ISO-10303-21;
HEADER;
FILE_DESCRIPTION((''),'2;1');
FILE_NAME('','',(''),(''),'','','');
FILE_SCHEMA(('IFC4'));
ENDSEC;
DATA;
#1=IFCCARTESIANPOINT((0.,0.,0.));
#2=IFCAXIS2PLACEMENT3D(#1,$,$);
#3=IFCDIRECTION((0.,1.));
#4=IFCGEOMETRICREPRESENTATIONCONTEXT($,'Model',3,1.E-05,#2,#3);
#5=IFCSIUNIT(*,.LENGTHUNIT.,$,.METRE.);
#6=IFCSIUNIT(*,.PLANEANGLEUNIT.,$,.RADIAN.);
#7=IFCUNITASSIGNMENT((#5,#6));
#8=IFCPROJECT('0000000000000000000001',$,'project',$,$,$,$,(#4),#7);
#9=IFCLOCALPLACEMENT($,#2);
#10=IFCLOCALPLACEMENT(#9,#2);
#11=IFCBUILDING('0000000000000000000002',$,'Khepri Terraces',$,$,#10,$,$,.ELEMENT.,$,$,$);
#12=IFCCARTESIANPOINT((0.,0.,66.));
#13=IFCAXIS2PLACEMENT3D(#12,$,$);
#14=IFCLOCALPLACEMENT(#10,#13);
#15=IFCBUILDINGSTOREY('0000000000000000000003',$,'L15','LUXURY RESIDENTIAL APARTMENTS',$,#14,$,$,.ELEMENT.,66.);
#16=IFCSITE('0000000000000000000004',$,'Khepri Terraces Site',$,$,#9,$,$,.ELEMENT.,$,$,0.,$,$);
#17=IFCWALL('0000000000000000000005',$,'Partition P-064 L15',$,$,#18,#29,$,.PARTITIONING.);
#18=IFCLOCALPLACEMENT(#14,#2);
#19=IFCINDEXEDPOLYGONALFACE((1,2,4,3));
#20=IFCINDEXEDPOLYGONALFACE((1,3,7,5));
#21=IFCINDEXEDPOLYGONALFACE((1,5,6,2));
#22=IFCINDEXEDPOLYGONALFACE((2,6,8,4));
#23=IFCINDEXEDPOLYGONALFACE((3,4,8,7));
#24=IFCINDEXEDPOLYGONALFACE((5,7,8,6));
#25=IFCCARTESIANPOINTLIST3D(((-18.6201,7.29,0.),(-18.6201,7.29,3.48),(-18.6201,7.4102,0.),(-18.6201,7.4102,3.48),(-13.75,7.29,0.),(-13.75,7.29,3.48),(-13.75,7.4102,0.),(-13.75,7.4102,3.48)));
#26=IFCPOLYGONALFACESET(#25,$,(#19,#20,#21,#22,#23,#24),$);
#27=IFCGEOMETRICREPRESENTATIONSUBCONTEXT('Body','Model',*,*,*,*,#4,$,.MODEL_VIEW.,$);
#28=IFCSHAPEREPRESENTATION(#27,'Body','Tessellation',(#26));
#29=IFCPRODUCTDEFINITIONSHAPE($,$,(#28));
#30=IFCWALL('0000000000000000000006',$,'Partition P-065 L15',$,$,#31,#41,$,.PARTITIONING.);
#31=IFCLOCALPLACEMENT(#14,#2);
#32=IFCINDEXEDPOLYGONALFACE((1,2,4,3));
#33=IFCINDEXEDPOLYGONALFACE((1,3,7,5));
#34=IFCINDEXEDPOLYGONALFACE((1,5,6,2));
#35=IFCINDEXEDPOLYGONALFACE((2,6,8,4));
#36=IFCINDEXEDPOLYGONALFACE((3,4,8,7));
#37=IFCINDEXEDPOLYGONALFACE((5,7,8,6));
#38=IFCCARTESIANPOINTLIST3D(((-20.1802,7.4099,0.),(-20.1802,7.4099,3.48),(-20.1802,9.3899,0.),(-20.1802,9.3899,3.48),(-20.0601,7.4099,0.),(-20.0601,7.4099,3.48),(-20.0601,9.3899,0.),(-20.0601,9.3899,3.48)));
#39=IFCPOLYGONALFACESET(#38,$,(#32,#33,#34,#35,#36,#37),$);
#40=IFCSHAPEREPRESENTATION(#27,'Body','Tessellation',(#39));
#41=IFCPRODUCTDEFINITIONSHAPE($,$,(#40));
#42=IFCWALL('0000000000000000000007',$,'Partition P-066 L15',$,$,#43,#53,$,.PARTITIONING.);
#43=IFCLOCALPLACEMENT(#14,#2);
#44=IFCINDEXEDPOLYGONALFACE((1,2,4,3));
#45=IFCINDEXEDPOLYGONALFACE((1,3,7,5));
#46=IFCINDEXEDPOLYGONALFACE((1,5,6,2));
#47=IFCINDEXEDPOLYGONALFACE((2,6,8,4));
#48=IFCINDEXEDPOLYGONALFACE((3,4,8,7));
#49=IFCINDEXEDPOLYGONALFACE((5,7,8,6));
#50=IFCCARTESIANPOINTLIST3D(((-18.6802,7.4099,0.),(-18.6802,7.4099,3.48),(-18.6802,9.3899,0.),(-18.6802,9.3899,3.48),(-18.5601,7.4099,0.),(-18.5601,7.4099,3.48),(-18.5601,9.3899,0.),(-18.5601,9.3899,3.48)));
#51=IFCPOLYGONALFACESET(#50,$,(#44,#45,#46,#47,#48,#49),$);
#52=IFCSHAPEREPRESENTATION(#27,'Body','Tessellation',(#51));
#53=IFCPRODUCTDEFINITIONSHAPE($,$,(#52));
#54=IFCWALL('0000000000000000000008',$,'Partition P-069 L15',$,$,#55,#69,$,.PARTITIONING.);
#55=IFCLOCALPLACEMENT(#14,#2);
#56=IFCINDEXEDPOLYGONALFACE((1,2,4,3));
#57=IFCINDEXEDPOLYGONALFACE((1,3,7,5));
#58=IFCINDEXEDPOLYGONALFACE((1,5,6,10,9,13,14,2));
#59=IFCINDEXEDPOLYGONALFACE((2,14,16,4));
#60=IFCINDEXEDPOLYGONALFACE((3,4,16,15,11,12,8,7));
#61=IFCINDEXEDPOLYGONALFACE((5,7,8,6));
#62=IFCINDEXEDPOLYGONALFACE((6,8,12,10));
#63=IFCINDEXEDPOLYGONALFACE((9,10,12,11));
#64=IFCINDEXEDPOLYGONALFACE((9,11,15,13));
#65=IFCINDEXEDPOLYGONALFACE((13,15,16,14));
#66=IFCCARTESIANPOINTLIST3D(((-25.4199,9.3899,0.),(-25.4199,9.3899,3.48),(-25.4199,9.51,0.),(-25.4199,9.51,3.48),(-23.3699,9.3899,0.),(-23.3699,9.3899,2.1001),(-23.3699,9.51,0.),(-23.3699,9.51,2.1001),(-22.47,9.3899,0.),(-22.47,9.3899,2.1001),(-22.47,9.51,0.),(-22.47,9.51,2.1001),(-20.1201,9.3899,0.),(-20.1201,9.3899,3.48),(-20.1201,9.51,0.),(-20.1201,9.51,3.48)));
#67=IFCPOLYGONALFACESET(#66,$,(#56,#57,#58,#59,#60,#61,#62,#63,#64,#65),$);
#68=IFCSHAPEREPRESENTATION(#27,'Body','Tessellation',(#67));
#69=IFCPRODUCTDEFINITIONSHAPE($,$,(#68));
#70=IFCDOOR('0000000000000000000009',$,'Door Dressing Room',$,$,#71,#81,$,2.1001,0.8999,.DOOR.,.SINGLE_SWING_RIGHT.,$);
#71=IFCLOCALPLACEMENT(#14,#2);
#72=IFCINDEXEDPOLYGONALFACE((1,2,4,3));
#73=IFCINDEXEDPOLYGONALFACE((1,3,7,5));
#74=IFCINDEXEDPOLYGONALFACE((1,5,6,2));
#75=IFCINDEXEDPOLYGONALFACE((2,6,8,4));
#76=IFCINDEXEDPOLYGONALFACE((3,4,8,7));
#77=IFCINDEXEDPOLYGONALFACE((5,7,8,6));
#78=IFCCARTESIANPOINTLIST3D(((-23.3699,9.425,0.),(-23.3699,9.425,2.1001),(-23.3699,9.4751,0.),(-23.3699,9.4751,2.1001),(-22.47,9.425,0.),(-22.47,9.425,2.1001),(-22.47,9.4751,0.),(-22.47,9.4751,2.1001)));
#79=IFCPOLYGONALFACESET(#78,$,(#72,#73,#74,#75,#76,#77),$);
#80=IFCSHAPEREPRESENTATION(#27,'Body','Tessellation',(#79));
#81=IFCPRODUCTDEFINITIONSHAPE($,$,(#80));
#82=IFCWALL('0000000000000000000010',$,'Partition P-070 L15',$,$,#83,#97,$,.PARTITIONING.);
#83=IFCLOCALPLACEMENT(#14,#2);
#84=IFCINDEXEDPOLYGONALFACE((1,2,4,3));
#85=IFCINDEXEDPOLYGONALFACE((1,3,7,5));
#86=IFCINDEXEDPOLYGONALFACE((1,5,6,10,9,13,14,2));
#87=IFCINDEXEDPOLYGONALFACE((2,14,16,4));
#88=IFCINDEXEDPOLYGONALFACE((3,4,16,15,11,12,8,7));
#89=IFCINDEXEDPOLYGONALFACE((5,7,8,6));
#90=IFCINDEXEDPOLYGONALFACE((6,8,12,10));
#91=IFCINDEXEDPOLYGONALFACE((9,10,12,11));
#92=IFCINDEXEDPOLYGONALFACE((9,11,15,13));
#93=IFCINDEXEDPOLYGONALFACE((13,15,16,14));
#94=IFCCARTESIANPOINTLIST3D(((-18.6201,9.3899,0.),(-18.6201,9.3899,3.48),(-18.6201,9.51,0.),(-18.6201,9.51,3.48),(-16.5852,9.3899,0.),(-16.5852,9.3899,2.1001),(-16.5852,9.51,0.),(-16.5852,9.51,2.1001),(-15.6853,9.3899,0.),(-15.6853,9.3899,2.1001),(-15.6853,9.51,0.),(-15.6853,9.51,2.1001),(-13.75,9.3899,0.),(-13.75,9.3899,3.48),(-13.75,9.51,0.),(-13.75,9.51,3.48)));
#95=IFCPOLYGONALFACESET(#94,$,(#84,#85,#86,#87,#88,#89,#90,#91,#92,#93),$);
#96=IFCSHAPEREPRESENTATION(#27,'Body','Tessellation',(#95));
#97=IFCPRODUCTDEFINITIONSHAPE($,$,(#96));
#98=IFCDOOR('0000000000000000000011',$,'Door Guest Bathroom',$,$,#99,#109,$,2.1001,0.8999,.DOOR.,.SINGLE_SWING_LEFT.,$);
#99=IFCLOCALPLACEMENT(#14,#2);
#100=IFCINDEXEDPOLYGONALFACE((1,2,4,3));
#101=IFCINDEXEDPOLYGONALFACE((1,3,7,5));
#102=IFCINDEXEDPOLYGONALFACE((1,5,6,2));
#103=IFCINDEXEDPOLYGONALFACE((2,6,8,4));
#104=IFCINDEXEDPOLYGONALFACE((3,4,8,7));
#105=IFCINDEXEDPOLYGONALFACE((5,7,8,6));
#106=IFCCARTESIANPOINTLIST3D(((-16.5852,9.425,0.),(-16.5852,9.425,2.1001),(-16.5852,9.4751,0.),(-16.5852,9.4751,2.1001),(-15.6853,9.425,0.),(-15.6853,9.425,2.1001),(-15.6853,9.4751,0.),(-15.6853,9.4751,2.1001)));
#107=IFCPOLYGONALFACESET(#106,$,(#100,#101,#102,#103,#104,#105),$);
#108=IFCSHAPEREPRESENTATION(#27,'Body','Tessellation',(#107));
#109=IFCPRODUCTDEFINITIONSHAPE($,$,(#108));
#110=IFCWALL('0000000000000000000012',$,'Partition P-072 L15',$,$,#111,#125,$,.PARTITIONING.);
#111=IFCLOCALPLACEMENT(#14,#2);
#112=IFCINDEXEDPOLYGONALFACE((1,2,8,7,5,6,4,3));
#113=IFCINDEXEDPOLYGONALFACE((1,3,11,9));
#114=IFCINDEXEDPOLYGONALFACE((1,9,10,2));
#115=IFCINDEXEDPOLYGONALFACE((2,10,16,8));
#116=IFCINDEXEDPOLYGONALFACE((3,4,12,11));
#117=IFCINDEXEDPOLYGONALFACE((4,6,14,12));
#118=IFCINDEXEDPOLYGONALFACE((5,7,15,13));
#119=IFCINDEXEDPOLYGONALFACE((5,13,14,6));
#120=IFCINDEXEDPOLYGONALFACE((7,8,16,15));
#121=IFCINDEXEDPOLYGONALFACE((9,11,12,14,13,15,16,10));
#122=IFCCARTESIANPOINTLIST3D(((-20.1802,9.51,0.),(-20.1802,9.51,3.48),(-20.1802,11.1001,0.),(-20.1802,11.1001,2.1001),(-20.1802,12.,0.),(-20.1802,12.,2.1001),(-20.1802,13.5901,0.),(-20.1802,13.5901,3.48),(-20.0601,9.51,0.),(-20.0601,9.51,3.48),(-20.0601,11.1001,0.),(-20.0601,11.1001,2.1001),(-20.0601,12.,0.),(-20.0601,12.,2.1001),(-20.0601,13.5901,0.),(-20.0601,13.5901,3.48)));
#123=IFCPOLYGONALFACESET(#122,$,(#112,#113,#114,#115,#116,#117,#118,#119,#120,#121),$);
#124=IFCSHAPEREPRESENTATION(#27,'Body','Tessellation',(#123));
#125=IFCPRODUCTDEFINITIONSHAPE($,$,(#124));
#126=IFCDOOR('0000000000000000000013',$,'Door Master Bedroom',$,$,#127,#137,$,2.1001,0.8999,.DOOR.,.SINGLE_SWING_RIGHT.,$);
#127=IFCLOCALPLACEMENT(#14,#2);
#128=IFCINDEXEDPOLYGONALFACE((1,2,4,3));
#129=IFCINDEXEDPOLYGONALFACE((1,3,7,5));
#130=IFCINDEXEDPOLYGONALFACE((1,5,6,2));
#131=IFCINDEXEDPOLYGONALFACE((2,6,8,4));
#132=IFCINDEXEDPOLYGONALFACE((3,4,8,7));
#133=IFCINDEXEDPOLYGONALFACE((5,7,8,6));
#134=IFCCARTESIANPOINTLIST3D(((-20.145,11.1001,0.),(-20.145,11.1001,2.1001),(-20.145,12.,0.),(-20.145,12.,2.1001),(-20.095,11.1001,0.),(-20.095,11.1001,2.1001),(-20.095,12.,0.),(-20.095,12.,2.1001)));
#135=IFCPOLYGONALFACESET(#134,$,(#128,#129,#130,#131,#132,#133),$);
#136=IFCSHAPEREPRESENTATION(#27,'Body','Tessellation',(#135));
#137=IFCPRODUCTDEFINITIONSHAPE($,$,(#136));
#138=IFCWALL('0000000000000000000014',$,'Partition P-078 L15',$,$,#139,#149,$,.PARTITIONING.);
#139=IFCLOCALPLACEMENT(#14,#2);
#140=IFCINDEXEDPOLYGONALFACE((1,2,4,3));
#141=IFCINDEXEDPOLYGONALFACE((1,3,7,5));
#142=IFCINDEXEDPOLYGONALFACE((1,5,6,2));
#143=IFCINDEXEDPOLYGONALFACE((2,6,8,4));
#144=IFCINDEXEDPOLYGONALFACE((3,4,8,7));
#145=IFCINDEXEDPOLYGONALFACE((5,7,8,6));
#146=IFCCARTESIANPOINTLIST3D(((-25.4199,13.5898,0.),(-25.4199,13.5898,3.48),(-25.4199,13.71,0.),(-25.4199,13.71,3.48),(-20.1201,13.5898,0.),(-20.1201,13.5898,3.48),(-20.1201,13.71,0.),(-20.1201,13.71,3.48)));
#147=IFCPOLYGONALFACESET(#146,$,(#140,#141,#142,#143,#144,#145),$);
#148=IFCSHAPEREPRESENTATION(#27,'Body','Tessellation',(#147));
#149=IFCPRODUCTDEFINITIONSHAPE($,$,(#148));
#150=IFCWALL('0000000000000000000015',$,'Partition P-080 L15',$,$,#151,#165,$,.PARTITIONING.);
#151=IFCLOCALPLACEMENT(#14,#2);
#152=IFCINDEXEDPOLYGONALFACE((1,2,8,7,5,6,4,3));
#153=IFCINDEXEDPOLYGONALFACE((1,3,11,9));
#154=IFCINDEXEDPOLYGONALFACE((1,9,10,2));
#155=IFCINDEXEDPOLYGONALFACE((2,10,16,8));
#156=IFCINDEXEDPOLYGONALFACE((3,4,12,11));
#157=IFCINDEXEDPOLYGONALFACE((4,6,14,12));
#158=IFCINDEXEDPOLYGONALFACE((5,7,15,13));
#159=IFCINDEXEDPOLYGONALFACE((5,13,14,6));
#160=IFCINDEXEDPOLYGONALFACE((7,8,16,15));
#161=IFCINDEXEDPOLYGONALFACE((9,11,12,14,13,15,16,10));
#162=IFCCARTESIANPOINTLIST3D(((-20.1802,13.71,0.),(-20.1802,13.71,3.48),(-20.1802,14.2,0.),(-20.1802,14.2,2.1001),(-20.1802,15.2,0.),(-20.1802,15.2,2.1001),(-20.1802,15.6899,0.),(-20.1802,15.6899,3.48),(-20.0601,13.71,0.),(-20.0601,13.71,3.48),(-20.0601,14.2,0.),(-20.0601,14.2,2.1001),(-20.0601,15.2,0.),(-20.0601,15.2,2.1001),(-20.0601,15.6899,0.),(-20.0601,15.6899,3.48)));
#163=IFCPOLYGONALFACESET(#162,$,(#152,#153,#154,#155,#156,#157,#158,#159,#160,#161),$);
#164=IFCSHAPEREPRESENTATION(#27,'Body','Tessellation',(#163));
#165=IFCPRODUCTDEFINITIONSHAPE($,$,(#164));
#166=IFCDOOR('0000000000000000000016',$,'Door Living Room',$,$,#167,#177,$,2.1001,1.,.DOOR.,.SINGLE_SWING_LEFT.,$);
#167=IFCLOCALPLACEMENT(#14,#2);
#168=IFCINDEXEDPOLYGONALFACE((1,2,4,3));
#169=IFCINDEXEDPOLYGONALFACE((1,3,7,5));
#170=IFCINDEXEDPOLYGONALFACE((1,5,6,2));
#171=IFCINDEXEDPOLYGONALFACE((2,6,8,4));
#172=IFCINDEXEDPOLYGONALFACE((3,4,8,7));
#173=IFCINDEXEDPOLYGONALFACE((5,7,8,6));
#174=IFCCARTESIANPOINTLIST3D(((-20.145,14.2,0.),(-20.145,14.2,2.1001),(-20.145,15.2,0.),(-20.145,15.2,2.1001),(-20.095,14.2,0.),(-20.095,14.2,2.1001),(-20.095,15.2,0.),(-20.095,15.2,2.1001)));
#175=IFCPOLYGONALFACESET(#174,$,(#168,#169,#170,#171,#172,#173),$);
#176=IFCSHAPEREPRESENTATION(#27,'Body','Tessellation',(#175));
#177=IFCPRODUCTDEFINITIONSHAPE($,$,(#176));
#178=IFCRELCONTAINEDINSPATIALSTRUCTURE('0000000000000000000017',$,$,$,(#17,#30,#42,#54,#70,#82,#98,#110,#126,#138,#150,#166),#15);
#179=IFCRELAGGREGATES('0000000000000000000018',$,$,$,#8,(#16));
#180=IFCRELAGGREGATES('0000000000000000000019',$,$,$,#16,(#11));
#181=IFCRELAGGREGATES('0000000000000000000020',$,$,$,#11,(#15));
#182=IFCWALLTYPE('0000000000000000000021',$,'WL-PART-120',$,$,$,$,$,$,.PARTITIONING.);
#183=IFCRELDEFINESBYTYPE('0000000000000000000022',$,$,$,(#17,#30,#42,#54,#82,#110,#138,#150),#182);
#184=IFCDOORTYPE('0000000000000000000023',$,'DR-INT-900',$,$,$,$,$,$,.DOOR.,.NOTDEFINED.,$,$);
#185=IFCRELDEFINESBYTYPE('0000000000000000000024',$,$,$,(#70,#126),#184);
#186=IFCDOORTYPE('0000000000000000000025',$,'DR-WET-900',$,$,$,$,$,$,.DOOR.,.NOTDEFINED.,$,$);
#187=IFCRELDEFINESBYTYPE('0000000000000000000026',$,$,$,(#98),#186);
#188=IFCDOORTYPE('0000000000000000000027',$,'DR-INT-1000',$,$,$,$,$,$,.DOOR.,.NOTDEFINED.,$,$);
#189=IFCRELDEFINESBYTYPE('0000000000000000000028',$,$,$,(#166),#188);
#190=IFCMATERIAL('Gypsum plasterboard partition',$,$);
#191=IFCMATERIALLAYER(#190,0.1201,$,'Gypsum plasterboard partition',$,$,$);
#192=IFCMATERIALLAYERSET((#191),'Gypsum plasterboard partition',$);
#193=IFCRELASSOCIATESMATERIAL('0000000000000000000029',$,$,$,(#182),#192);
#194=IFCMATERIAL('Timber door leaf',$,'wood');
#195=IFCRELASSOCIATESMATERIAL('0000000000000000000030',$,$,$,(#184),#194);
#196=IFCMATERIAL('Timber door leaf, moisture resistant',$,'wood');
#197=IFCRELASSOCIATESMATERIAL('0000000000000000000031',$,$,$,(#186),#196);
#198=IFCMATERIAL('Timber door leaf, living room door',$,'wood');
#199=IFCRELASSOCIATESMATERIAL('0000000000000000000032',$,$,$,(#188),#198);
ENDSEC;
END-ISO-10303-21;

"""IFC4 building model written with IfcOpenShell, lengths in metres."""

from ifc_helpers import new_model, si_unit, direction, frame, frame_2d, origin, place, context, subcontext, project, spatial, rectangle, extrude, material, layer, layer_set, type_object, element, fill, save


model = new_model("IFC4")

# Units and contexts
model_context = context("Model", 3, precision=1e-05, world=origin(), true_north=direction((0.0, 1.0)))
body_context = subcontext(model_context, "Body", "Model", "MODEL_VIEW")
ifc_project = project(units=[si_unit("LENGTHUNIT", "METRE"), si_unit("PLANEANGLEUNIT", "RADIAN")], contexts=[model_context])

# Site, building, storey
site_placement = place(None, origin())
site = spatial("IfcSite", under=ifc_project, at=site_placement, Name="Khepri Terraces Site", CompositionType="ELEMENT", RefElevation=0.0)
building_placement = place(site_placement, origin())
building = spatial("IfcBuilding", under=site, at=building_placement, Name="Khepri Terraces", CompositionType="ELEMENT")
storey_placement = place(building_placement, frame((0.0, 0.0, 66.0)))
storey = spatial("IfcBuildingStorey", under=building, at=storey_placement, Name="L15", Description="LUXURY RESIDENTIAL APARTMENTS", CompositionType="ELEMENT", Elevation=66.0)

# Shared definitions
ifc_material_1 = material(Name="Gypsum plasterboard partition")
ifc_layer_1 = layer(ifc_material_1, 0.1201, Name="Gypsum plasterboard partition")
ifc_layer_set_1 = layer_set([ifc_layer_1], Name="Gypsum plasterboard partition")
wall_type_1 = type_object("IfcWallType", Name="WL-PART-120", PredefinedType="PARTITIONING", material=ifc_layer_set_1)

# Shared definitions
ifc_material_2 = material(Name="Timber door leaf", Category="wood")
door_type_1 = type_object("IfcDoorType", Name="DR-INT-900", OperationType="NOTDEFINED", PredefinedType="DOOR", material=ifc_material_2)
ifc_material_3 = material(Name="Timber door leaf, moisture resistant", Category="wood")
door_type_2 = type_object("IfcDoorType", Name="DR-WET-900", OperationType="NOTDEFINED", PredefinedType="DOOR", material=ifc_material_3)

# Walls
wall_1_placement = place(storey_placement, frame((-18.6201, 7.3501, 0.0), z_axis=(0.0, 0.0, 1.0), x_axis=(1.0, 0.0, 0.0)))
element("IfcWall", 1, at=wall_1_placement, inside=storey, type_object=wall_type_1, Name="Partition P-064 L15", PredefinedType="PARTITIONING", context=body_context, shape_type="SweptSolid", body=[
    extrude(rectangle(XDim=4.8701, YDim=0.1201, at=frame_2d((2.4351, 0.0))), origin(), (0.0, 0.0, 1.0), 3.48),
])
for number, where, z_axis, x_axis, name in (
    (2, (-20.1201, 7.4099, 0.0), (0.0, 0.0, 1.0), (0.0, 1.0, 0.0), "Partition P-065 L15"),
    (3, (-18.6201, 7.4099, 0.0), (0.0, 0.0, 1.0), (0.0, 1.0, 0.0), "Partition P-066 L15"),
):
    element("IfcWall", number, at=place(storey_placement, frame(where, z_axis=z_axis, x_axis=x_axis)), inside=storey, type_object=wall_type_1, Name=name, PredefinedType="PARTITIONING", context=body_context, shape_type="SweptSolid", body=[
        extrude(rectangle(XDim=1.98, YDim=0.1201, at=frame_2d((0.99, 0.0))), origin(), (0.0, 0.0, 1.0), 3.48),
    ])

# Walls, openings, doors
wall_2_placement = place(storey_placement, frame((-25.4199, 9.45, 0.0), z_axis=(0.0, 0.0, 1.0), x_axis=(1.0, 0.0, 0.0)))
wall_2 = element("IfcWall", 4, at=wall_2_placement, inside=storey, type_object=wall_type_1, Name="Partition P-069 L15", PredefinedType="PARTITIONING", context=body_context, shape_type="SweptSolid", body=[
    extrude(rectangle(XDim=5.2998, YDim=0.1201, at=frame_2d((2.6499, 0.0))), origin(), (0.0, 0.0, 1.0), 3.48),
])
opening_1_placement = place(wall_2_placement, frame((2.05, 0.0, 0.0)))
opening_1 = element("IfcOpeningElement", 5, at=opening_1_placement, cuts=wall_2, PredefinedType="OPENING", context=body_context, shape_type="SweptSolid", body=[
    extrude(rectangle(XDim=0.8999, YDim=2.1001, at=frame_2d((0.45, 1.05))), frame((0.0, 0.0701, 0.0), z_axis=(0.0, -1.0, 0.0), x_axis=(1.0, 0.0, 0.0)), (0.0, 0.0, 1.0), 0.1401),
])
door_1_placement = place(opening_1_placement, frame((0.8999, 0.0, 0.0), z_axis=(0.0, 0.0, 1.0), x_axis=(-1.0, 0.0, 0.0)))
door_1 = element("IfcDoor", 6, at=door_1_placement, inside=storey, type_object=door_type_1, Name="Door Dressing Room", OperationType="SINGLE_SWING_RIGHT", OverallHeight=2.1001, OverallWidth=0.8999, PredefinedType="DOOR", context=body_context, shape_type="SweptSolid", body=[
    extrude(rectangle(XDim=0.8999, YDim=2.1001, at=frame_2d((0.45, 1.05))), frame((0.0, 0.0249, 0.0), z_axis=(0.0, -1.0, 0.0), x_axis=(1.0, 0.0, 0.0)), (0.0, 0.0, 1.0), 0.05),
])
fill(opening_1, door_1)
wall_3_placement = place(storey_placement, frame((-18.6201, 9.45, 0.0), z_axis=(0.0, 0.0, 1.0), x_axis=(1.0, 0.0, 0.0)))
wall_3 = element("IfcWall", 7, at=wall_3_placement, inside=storey, type_object=wall_type_1, Name="Partition P-070 L15", PredefinedType="PARTITIONING", context=body_context, shape_type="SweptSolid", body=[
    extrude(rectangle(XDim=4.8701, YDim=0.1201, at=frame_2d((2.4351, 0.0))), origin(), (0.0, 0.0, 1.0), 3.48),
])
opening_2_placement = place(wall_3_placement, frame((2.0349, 0.0, 0.0)))
opening_2 = element("IfcOpeningElement", 8, at=opening_2_placement, cuts=wall_3, PredefinedType="OPENING", context=body_context, shape_type="SweptSolid", body=[
    extrude(rectangle(XDim=0.8999, YDim=2.1001, at=frame_2d((0.45, 1.05))), frame((0.0, 0.0701, 0.0), z_axis=(0.0, -1.0, 0.0), x_axis=(1.0, 0.0, 0.0)), (0.0, 0.0, 1.0), 0.1401),
])
door_2_placement = place(opening_2_placement, frame((0.8999, 0.0, 0.0), z_axis=(0.0, 0.0, 1.0), x_axis=(-1.0, 0.0, 0.0)))
door_2 = element("IfcDoor", 9, at=door_2_placement, inside=storey, type_object=door_type_2, Name="Door Guest Bathroom", OperationType="SINGLE_SWING_LEFT", OverallHeight=2.1001, OverallWidth=0.8999, PredefinedType="DOOR", context=body_context, shape_type="SweptSolid", body=[
    extrude(rectangle(XDim=0.8999, YDim=2.1001, at=frame_2d((0.45, 1.05))), frame((0.0, 0.0249, 0.0), z_axis=(0.0, -1.0, 0.0), x_axis=(1.0, 0.0, 0.0)), (0.0, 0.0, 1.0), 0.05),
])
fill(opening_2, door_2)
wall_4_placement = place(storey_placement, frame((-20.1201, 9.51, 0.0), z_axis=(0.0, 0.0, 1.0), x_axis=(0.0, 1.0, 0.0)))
wall_4 = element("IfcWall", 10, at=wall_4_placement, inside=storey, type_object=wall_type_1, Name="Partition P-072 L15", PredefinedType="PARTITIONING", context=body_context, shape_type="SweptSolid", body=[
    extrude(rectangle(XDim=4.0801, YDim=0.1201, at=frame_2d((2.04, 0.0))), origin(), (0.0, 0.0, 1.0), 3.48),
])
opening_3_placement = place(wall_4_placement, frame((1.5901, 0.0, 0.0)))
opening_3 = element("IfcOpeningElement", 11, at=opening_3_placement, cuts=wall_4, PredefinedType="OPENING", context=body_context, shape_type="SweptSolid", body=[
    extrude(rectangle(XDim=0.8999, YDim=2.1001, at=frame_2d((0.45, 1.05))), frame((0.0, 0.0701, 0.0), z_axis=(0.0, -1.0, 0.0), x_axis=(1.0, 0.0, 0.0)), (0.0, 0.0, 1.0), 0.1401),
])
door_3_placement = place(opening_3_placement, origin())
door_3 = element("IfcDoor", 12, at=door_3_placement, inside=storey, type_object=door_type_1, Name="Door Master Bedroom", OperationType="SINGLE_SWING_RIGHT", OverallHeight=2.1001, OverallWidth=0.8999, PredefinedType="DOOR", context=body_context, shape_type="SweptSolid", body=[
    extrude(rectangle(XDim=0.8999, YDim=2.1001, at=frame_2d((0.45, 1.05))), frame((0.0, 0.0249, 0.0), z_axis=(0.0, -1.0, 0.0), x_axis=(1.0, 0.0, 0.0)), (0.0, 0.0, 1.0), 0.05),
])
fill(opening_3, door_3)

# Wall
wall_5_placement = place(storey_placement, frame((-25.4199, 13.6499, 0.0), z_axis=(0.0, 0.0, 1.0), x_axis=(1.0, 0.0, 0.0)))
element("IfcWall", 13, at=wall_5_placement, inside=storey, type_object=wall_type_1, Name="Partition P-078 L15", PredefinedType="PARTITIONING", context=body_context, shape_type="SweptSolid", body=[
    extrude(rectangle(XDim=5.2998, YDim=0.1201, at=frame_2d((2.6499, 0.0))), origin(), (0.0, 0.0, 1.0), 3.48),
])

# Wall, opening, door
wall_6_placement = place(storey_placement, frame((-20.1201, 13.71, 0.0), z_axis=(0.0, 0.0, 1.0), x_axis=(0.0, 1.0, 0.0)))
wall_6 = element("IfcWall", 14, at=wall_6_placement, inside=storey, type_object=wall_type_1, Name="Partition P-080 L15", PredefinedType="PARTITIONING", context=body_context, shape_type="SweptSolid", body=[
    extrude(rectangle(XDim=1.98, YDim=0.1201, at=frame_2d((0.99, 0.0))), origin(), (0.0, 0.0, 1.0), 3.48),
])
opening_4_placement = place(wall_6_placement, frame((0.49, 0.0, 0.0)))
opening_4 = element("IfcOpeningElement", 15, at=opening_4_placement, cuts=wall_6, PredefinedType="OPENING", context=body_context, shape_type="SweptSolid", body=[
    extrude(rectangle(XDim=1.0, YDim=2.1001, at=frame_2d((0.5, 1.05))), frame((0.0, 0.0701, 0.0), z_axis=(0.0, -1.0, 0.0), x_axis=(1.0, 0.0, 0.0)), (0.0, 0.0, 1.0), 0.1401),
])
ifc_material_4 = material(Name="Timber door leaf, living room door", Category="wood")
door_type_3 = type_object("IfcDoorType", Name="DR-INT-1000", OperationType="NOTDEFINED", PredefinedType="DOOR", material=ifc_material_4)
door_4_placement = place(opening_4_placement, origin())
door_4 = element("IfcDoor", 16, at=door_4_placement, inside=storey, type_object=door_type_3, Name="Door Living Room", OperationType="SINGLE_SWING_LEFT", OverallHeight=2.1001, OverallWidth=1.0, PredefinedType="DOOR", context=body_context, shape_type="SweptSolid", body=[
    extrude(rectangle(XDim=1.0, YDim=2.1001, at=frame_2d((0.5, 1.05))), frame((0.0, 0.0249, 0.0), z_axis=(0.0, -1.0, 0.0), x_axis=(1.0, 0.0, 0.0)), (0.0, 0.0, 1.0), 0.05),
])
fill(opening_4, door_4)

save(model, "model.ifc")
